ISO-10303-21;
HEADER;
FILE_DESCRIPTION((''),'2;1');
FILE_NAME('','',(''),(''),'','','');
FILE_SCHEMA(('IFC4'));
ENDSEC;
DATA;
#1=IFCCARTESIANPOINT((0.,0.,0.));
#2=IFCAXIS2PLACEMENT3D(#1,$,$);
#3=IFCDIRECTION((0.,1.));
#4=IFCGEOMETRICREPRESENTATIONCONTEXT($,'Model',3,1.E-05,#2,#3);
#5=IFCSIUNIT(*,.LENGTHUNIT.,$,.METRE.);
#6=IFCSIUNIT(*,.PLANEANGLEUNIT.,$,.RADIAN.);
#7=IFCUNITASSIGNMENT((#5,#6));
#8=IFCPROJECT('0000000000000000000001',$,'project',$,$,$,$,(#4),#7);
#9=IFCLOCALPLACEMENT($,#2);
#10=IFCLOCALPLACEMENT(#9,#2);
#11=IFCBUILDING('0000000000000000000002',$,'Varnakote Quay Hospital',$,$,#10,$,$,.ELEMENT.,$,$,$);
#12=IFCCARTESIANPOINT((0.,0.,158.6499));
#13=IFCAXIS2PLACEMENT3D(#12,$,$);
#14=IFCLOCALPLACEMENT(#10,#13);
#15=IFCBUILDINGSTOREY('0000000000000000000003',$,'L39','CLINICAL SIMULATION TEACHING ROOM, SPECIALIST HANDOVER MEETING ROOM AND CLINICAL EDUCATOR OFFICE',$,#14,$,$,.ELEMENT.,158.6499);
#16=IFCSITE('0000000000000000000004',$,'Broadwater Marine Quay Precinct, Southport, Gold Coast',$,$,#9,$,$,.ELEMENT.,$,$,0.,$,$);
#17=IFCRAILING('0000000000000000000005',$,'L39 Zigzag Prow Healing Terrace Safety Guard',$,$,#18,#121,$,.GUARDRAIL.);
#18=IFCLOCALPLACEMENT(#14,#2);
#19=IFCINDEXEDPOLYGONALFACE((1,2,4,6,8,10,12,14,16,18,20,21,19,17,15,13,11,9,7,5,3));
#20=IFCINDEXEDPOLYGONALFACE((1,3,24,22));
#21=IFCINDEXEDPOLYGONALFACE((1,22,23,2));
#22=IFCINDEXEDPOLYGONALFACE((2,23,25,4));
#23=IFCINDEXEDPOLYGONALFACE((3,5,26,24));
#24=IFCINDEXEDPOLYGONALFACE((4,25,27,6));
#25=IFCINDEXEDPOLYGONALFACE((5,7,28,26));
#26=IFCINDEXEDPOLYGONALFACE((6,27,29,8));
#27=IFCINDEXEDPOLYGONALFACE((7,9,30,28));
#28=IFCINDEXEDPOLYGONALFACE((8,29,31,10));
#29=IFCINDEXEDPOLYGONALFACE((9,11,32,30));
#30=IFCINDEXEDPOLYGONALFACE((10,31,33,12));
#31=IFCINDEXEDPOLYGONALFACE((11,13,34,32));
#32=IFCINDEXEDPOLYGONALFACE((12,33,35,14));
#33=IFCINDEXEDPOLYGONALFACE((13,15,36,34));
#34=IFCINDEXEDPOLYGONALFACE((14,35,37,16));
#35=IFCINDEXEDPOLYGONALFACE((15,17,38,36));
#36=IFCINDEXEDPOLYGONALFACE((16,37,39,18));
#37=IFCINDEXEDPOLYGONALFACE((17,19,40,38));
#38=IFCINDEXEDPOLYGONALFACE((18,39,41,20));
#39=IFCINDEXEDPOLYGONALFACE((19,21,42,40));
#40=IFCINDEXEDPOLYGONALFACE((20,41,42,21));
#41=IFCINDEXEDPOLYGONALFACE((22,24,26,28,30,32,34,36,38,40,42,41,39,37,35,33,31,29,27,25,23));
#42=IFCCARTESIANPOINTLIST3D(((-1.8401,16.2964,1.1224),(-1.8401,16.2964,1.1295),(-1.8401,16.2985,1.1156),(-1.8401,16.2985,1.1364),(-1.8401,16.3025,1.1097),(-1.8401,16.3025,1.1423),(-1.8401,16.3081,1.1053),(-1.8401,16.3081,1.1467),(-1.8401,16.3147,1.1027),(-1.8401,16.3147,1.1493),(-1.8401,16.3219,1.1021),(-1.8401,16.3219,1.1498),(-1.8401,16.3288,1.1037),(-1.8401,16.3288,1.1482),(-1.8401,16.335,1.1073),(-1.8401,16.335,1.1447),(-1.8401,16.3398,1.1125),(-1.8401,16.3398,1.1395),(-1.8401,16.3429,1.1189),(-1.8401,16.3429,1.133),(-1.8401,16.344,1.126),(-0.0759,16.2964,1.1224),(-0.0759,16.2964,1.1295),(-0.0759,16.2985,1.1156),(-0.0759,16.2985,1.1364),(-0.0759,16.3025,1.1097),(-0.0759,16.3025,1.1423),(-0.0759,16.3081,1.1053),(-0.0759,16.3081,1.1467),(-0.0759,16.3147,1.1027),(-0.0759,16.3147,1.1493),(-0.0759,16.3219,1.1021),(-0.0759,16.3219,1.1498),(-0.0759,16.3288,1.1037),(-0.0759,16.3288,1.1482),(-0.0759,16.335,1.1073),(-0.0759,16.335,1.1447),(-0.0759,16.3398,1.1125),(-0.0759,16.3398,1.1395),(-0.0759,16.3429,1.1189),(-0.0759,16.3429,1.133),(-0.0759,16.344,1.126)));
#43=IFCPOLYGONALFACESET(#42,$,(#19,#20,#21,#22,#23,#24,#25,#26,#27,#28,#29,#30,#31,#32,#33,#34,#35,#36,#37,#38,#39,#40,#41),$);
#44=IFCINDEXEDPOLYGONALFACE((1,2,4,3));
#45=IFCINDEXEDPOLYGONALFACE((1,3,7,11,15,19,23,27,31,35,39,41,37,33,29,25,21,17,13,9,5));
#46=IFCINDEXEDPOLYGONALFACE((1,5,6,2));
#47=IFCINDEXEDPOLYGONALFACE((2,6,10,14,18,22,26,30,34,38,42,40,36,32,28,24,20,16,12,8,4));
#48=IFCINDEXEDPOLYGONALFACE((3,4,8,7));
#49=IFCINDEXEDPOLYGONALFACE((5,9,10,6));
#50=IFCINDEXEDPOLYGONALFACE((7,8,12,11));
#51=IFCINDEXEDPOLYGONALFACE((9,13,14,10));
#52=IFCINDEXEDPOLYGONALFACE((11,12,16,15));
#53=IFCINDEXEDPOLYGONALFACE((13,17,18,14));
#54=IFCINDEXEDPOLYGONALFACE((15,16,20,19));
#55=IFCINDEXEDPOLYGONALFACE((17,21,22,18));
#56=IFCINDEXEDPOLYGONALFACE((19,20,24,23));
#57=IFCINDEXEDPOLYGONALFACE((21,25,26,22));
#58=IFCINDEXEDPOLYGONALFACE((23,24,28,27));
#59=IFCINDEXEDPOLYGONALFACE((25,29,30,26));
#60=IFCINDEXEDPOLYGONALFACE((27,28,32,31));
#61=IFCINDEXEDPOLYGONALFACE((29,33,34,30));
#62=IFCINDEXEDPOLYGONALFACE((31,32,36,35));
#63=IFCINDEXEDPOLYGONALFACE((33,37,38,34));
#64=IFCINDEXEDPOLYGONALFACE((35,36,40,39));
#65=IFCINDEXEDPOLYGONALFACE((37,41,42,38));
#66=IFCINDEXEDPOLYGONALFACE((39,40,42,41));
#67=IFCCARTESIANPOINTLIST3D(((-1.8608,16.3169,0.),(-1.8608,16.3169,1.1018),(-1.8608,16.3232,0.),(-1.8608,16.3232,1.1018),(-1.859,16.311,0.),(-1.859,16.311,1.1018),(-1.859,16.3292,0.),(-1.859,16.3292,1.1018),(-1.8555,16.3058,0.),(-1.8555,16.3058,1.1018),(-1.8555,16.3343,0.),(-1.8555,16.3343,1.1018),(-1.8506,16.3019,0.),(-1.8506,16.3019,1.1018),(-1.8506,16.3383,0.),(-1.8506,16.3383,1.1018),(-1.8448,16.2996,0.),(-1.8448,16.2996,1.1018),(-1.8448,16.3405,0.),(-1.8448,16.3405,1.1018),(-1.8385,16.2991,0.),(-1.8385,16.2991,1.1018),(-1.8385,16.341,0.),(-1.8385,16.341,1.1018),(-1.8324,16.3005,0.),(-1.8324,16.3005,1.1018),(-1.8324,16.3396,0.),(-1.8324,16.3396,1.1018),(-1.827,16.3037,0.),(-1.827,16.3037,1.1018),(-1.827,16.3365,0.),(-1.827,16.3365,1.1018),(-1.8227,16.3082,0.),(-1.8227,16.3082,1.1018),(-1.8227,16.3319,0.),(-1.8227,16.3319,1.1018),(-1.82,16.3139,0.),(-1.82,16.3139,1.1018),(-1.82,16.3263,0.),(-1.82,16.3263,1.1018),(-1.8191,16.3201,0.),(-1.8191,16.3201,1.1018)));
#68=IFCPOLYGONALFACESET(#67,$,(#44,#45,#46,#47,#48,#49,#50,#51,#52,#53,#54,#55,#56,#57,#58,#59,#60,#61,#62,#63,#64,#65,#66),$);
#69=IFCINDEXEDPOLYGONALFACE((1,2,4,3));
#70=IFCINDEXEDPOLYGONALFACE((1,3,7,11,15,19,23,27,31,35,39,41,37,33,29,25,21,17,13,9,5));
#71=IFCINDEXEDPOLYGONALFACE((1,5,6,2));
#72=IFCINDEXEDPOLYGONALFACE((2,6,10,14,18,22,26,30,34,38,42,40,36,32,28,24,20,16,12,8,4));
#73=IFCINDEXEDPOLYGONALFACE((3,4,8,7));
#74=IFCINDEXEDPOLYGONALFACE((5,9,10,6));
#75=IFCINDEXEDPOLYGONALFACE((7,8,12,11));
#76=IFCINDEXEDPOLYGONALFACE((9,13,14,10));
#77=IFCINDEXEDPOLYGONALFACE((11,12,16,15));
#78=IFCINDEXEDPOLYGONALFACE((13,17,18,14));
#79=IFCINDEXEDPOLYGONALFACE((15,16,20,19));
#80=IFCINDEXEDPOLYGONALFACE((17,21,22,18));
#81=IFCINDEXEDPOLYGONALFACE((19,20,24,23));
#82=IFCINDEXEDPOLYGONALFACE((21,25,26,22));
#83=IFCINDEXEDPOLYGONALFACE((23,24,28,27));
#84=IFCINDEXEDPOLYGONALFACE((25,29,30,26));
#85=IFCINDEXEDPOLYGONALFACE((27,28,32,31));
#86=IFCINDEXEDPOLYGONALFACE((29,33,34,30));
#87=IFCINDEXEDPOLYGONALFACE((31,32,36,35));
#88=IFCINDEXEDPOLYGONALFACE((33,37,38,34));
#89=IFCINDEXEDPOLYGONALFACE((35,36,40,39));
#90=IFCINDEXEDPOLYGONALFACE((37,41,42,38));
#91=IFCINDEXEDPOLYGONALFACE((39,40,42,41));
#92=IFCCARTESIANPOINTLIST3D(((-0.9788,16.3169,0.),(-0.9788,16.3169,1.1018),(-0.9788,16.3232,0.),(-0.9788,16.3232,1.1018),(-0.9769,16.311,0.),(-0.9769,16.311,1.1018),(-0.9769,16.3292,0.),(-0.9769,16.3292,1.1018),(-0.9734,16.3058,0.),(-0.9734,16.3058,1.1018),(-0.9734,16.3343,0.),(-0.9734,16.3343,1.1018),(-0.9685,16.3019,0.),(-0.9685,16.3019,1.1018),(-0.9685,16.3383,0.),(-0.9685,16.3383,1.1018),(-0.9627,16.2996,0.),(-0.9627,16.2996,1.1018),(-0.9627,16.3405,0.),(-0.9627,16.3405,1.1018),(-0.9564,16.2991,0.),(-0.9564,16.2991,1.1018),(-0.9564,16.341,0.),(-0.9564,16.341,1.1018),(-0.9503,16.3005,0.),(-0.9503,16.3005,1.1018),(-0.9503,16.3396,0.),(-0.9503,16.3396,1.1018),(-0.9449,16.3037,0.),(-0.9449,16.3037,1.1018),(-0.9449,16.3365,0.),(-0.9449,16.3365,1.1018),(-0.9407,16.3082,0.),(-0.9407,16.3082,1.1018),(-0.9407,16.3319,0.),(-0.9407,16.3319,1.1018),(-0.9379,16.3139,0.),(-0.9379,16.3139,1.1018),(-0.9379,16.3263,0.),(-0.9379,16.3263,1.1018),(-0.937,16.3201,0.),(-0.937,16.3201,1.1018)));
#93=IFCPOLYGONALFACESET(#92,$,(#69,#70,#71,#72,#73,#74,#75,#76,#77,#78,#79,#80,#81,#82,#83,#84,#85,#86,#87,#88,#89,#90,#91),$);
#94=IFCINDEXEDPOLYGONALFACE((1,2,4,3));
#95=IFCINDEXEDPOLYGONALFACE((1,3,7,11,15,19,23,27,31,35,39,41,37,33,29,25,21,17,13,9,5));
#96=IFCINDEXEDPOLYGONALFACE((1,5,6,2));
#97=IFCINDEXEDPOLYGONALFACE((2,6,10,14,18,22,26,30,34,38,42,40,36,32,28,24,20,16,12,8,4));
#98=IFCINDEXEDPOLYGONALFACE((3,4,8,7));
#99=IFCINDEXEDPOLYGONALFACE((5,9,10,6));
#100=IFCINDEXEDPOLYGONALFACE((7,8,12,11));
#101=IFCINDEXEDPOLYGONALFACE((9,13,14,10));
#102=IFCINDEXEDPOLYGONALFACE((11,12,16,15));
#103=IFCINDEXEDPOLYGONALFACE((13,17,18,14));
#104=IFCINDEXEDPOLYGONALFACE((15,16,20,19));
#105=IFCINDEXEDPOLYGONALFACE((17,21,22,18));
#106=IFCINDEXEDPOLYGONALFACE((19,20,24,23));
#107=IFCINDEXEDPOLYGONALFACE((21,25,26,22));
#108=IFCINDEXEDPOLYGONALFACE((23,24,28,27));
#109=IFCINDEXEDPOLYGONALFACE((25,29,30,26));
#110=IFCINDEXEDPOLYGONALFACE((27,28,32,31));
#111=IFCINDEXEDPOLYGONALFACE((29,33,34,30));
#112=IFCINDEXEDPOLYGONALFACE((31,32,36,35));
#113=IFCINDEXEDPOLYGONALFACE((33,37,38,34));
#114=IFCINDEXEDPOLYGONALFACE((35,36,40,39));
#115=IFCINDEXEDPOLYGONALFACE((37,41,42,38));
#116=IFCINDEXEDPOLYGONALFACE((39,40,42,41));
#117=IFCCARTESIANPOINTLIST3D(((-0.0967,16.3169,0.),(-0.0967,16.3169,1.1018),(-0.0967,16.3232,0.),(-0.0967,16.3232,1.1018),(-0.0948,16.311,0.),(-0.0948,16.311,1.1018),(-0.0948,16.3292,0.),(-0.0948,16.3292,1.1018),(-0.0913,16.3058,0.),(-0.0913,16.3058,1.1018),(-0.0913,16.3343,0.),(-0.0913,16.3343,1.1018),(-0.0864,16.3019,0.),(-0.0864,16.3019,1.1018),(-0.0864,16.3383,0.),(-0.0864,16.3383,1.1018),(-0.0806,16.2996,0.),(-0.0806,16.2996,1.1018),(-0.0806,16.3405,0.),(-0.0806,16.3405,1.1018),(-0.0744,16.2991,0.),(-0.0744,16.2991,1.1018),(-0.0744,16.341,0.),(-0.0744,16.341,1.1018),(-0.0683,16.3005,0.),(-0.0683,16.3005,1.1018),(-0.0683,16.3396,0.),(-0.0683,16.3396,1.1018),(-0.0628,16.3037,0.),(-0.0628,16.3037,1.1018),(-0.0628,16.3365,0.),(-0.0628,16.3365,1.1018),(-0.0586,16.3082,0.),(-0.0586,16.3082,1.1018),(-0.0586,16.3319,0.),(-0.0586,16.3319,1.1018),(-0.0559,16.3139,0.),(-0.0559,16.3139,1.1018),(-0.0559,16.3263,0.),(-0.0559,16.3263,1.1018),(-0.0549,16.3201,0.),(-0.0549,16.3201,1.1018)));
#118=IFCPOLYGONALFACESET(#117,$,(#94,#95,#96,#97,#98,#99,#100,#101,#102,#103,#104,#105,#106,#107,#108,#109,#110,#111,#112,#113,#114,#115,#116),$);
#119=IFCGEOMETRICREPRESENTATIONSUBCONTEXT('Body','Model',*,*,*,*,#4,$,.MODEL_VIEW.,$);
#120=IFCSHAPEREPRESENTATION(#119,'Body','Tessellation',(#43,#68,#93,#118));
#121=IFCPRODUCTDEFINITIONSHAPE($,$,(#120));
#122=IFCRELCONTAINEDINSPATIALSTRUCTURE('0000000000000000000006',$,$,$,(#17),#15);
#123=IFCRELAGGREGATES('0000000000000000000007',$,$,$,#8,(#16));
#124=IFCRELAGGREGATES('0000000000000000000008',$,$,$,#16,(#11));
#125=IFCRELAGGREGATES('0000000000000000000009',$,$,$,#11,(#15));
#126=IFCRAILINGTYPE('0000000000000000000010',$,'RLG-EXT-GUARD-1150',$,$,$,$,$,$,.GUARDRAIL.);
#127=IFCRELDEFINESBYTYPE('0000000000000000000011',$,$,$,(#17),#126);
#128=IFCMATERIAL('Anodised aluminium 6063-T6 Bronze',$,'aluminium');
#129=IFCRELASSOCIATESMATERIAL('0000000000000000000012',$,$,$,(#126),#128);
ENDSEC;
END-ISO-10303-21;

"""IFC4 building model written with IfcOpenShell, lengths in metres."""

from ifc_helpers import new_model, si_unit, direction, frame, origin, origin_2d, place, context, subcontext, project, spatial, circle, extrude, material, type_object, element, save


model = new_model("IFC4")

# Units and contexts
model_context = context("Model", 3, precision=1e-05, world=origin(), true_north=direction((0.0, 1.0)))
body_context = subcontext(model_context, "Body", "Model", "MODEL_VIEW")
ifc_project = project(units=[si_unit("LENGTHUNIT", "METRE"), si_unit("PLANEANGLEUNIT", "RADIAN")], contexts=[model_context])

# Site, building, storey
site_placement = place(None, origin())
site = spatial("IfcSite", under=ifc_project, at=site_placement, Name="Broadwater Marine Quay Precinct, Southport, Gold Coast", CompositionType="ELEMENT", RefElevation=0.0)
building_placement = place(site_placement, origin())
building = spatial("IfcBuilding", under=site, at=building_placement, Name="Varnakote Quay Hospital", CompositionType="ELEMENT")
storey_placement = place(building_placement, frame((0.0, 0.0, 158.6499)))
storey = spatial("IfcBuildingStorey", under=building, at=storey_placement, Name="L39", Description="CLINICAL SIMULATION TEACHING ROOM, SPECIALIST HANDOVER MEETING ROOM AND CLINICAL EDUCATOR OFFICE", CompositionType="ELEMENT", Elevation=158.6499)

# Railing
ifc_material_1 = material(Name="Anodised aluminium 6063-T6 Bronze", Category="aluminium")
railing_type = type_object("IfcRailingType", Name="RLG-EXT-GUARD-1150", PredefinedType="GUARDRAIL", material=ifc_material_1)
railing_1_placement = place(storey_placement, frame((-1.8401, 16.3201, 0.0)))
element("IfcRailing", 1, at=railing_1_placement, inside=storey, type_object=railing_type, Name="L39 Zigzag Prow Healing Terrace Safety Guard", PredefinedType="GUARDRAIL", context=body_context, shape_type="SweptSolid", body=[
    extrude(circle(Radius=0.0239, at=origin_2d()), frame((0.0, 0.0, 1.126), z_axis=(1.0, 0.0, 0.0), x_axis=(0.0, 1.0, 0.0)), (0.0, 0.0, 1.0), 1.7642),
    extrude(circle(Radius=0.021, at=origin_2d()), origin(), (0.0, 0.0, 1.0), 1.1018),
    extrude(circle(Radius=0.021, at=origin_2d()), frame((0.8821, 0.0, 0.0)), (0.0, 0.0, 1.0), 1.1018),
    extrude(circle(Radius=0.021, at=origin_2d()), frame((1.7642, 0.0, 0.0)), (0.0, 0.0, 1.0), 1.1018),
])

save(model, "model.ifc")
